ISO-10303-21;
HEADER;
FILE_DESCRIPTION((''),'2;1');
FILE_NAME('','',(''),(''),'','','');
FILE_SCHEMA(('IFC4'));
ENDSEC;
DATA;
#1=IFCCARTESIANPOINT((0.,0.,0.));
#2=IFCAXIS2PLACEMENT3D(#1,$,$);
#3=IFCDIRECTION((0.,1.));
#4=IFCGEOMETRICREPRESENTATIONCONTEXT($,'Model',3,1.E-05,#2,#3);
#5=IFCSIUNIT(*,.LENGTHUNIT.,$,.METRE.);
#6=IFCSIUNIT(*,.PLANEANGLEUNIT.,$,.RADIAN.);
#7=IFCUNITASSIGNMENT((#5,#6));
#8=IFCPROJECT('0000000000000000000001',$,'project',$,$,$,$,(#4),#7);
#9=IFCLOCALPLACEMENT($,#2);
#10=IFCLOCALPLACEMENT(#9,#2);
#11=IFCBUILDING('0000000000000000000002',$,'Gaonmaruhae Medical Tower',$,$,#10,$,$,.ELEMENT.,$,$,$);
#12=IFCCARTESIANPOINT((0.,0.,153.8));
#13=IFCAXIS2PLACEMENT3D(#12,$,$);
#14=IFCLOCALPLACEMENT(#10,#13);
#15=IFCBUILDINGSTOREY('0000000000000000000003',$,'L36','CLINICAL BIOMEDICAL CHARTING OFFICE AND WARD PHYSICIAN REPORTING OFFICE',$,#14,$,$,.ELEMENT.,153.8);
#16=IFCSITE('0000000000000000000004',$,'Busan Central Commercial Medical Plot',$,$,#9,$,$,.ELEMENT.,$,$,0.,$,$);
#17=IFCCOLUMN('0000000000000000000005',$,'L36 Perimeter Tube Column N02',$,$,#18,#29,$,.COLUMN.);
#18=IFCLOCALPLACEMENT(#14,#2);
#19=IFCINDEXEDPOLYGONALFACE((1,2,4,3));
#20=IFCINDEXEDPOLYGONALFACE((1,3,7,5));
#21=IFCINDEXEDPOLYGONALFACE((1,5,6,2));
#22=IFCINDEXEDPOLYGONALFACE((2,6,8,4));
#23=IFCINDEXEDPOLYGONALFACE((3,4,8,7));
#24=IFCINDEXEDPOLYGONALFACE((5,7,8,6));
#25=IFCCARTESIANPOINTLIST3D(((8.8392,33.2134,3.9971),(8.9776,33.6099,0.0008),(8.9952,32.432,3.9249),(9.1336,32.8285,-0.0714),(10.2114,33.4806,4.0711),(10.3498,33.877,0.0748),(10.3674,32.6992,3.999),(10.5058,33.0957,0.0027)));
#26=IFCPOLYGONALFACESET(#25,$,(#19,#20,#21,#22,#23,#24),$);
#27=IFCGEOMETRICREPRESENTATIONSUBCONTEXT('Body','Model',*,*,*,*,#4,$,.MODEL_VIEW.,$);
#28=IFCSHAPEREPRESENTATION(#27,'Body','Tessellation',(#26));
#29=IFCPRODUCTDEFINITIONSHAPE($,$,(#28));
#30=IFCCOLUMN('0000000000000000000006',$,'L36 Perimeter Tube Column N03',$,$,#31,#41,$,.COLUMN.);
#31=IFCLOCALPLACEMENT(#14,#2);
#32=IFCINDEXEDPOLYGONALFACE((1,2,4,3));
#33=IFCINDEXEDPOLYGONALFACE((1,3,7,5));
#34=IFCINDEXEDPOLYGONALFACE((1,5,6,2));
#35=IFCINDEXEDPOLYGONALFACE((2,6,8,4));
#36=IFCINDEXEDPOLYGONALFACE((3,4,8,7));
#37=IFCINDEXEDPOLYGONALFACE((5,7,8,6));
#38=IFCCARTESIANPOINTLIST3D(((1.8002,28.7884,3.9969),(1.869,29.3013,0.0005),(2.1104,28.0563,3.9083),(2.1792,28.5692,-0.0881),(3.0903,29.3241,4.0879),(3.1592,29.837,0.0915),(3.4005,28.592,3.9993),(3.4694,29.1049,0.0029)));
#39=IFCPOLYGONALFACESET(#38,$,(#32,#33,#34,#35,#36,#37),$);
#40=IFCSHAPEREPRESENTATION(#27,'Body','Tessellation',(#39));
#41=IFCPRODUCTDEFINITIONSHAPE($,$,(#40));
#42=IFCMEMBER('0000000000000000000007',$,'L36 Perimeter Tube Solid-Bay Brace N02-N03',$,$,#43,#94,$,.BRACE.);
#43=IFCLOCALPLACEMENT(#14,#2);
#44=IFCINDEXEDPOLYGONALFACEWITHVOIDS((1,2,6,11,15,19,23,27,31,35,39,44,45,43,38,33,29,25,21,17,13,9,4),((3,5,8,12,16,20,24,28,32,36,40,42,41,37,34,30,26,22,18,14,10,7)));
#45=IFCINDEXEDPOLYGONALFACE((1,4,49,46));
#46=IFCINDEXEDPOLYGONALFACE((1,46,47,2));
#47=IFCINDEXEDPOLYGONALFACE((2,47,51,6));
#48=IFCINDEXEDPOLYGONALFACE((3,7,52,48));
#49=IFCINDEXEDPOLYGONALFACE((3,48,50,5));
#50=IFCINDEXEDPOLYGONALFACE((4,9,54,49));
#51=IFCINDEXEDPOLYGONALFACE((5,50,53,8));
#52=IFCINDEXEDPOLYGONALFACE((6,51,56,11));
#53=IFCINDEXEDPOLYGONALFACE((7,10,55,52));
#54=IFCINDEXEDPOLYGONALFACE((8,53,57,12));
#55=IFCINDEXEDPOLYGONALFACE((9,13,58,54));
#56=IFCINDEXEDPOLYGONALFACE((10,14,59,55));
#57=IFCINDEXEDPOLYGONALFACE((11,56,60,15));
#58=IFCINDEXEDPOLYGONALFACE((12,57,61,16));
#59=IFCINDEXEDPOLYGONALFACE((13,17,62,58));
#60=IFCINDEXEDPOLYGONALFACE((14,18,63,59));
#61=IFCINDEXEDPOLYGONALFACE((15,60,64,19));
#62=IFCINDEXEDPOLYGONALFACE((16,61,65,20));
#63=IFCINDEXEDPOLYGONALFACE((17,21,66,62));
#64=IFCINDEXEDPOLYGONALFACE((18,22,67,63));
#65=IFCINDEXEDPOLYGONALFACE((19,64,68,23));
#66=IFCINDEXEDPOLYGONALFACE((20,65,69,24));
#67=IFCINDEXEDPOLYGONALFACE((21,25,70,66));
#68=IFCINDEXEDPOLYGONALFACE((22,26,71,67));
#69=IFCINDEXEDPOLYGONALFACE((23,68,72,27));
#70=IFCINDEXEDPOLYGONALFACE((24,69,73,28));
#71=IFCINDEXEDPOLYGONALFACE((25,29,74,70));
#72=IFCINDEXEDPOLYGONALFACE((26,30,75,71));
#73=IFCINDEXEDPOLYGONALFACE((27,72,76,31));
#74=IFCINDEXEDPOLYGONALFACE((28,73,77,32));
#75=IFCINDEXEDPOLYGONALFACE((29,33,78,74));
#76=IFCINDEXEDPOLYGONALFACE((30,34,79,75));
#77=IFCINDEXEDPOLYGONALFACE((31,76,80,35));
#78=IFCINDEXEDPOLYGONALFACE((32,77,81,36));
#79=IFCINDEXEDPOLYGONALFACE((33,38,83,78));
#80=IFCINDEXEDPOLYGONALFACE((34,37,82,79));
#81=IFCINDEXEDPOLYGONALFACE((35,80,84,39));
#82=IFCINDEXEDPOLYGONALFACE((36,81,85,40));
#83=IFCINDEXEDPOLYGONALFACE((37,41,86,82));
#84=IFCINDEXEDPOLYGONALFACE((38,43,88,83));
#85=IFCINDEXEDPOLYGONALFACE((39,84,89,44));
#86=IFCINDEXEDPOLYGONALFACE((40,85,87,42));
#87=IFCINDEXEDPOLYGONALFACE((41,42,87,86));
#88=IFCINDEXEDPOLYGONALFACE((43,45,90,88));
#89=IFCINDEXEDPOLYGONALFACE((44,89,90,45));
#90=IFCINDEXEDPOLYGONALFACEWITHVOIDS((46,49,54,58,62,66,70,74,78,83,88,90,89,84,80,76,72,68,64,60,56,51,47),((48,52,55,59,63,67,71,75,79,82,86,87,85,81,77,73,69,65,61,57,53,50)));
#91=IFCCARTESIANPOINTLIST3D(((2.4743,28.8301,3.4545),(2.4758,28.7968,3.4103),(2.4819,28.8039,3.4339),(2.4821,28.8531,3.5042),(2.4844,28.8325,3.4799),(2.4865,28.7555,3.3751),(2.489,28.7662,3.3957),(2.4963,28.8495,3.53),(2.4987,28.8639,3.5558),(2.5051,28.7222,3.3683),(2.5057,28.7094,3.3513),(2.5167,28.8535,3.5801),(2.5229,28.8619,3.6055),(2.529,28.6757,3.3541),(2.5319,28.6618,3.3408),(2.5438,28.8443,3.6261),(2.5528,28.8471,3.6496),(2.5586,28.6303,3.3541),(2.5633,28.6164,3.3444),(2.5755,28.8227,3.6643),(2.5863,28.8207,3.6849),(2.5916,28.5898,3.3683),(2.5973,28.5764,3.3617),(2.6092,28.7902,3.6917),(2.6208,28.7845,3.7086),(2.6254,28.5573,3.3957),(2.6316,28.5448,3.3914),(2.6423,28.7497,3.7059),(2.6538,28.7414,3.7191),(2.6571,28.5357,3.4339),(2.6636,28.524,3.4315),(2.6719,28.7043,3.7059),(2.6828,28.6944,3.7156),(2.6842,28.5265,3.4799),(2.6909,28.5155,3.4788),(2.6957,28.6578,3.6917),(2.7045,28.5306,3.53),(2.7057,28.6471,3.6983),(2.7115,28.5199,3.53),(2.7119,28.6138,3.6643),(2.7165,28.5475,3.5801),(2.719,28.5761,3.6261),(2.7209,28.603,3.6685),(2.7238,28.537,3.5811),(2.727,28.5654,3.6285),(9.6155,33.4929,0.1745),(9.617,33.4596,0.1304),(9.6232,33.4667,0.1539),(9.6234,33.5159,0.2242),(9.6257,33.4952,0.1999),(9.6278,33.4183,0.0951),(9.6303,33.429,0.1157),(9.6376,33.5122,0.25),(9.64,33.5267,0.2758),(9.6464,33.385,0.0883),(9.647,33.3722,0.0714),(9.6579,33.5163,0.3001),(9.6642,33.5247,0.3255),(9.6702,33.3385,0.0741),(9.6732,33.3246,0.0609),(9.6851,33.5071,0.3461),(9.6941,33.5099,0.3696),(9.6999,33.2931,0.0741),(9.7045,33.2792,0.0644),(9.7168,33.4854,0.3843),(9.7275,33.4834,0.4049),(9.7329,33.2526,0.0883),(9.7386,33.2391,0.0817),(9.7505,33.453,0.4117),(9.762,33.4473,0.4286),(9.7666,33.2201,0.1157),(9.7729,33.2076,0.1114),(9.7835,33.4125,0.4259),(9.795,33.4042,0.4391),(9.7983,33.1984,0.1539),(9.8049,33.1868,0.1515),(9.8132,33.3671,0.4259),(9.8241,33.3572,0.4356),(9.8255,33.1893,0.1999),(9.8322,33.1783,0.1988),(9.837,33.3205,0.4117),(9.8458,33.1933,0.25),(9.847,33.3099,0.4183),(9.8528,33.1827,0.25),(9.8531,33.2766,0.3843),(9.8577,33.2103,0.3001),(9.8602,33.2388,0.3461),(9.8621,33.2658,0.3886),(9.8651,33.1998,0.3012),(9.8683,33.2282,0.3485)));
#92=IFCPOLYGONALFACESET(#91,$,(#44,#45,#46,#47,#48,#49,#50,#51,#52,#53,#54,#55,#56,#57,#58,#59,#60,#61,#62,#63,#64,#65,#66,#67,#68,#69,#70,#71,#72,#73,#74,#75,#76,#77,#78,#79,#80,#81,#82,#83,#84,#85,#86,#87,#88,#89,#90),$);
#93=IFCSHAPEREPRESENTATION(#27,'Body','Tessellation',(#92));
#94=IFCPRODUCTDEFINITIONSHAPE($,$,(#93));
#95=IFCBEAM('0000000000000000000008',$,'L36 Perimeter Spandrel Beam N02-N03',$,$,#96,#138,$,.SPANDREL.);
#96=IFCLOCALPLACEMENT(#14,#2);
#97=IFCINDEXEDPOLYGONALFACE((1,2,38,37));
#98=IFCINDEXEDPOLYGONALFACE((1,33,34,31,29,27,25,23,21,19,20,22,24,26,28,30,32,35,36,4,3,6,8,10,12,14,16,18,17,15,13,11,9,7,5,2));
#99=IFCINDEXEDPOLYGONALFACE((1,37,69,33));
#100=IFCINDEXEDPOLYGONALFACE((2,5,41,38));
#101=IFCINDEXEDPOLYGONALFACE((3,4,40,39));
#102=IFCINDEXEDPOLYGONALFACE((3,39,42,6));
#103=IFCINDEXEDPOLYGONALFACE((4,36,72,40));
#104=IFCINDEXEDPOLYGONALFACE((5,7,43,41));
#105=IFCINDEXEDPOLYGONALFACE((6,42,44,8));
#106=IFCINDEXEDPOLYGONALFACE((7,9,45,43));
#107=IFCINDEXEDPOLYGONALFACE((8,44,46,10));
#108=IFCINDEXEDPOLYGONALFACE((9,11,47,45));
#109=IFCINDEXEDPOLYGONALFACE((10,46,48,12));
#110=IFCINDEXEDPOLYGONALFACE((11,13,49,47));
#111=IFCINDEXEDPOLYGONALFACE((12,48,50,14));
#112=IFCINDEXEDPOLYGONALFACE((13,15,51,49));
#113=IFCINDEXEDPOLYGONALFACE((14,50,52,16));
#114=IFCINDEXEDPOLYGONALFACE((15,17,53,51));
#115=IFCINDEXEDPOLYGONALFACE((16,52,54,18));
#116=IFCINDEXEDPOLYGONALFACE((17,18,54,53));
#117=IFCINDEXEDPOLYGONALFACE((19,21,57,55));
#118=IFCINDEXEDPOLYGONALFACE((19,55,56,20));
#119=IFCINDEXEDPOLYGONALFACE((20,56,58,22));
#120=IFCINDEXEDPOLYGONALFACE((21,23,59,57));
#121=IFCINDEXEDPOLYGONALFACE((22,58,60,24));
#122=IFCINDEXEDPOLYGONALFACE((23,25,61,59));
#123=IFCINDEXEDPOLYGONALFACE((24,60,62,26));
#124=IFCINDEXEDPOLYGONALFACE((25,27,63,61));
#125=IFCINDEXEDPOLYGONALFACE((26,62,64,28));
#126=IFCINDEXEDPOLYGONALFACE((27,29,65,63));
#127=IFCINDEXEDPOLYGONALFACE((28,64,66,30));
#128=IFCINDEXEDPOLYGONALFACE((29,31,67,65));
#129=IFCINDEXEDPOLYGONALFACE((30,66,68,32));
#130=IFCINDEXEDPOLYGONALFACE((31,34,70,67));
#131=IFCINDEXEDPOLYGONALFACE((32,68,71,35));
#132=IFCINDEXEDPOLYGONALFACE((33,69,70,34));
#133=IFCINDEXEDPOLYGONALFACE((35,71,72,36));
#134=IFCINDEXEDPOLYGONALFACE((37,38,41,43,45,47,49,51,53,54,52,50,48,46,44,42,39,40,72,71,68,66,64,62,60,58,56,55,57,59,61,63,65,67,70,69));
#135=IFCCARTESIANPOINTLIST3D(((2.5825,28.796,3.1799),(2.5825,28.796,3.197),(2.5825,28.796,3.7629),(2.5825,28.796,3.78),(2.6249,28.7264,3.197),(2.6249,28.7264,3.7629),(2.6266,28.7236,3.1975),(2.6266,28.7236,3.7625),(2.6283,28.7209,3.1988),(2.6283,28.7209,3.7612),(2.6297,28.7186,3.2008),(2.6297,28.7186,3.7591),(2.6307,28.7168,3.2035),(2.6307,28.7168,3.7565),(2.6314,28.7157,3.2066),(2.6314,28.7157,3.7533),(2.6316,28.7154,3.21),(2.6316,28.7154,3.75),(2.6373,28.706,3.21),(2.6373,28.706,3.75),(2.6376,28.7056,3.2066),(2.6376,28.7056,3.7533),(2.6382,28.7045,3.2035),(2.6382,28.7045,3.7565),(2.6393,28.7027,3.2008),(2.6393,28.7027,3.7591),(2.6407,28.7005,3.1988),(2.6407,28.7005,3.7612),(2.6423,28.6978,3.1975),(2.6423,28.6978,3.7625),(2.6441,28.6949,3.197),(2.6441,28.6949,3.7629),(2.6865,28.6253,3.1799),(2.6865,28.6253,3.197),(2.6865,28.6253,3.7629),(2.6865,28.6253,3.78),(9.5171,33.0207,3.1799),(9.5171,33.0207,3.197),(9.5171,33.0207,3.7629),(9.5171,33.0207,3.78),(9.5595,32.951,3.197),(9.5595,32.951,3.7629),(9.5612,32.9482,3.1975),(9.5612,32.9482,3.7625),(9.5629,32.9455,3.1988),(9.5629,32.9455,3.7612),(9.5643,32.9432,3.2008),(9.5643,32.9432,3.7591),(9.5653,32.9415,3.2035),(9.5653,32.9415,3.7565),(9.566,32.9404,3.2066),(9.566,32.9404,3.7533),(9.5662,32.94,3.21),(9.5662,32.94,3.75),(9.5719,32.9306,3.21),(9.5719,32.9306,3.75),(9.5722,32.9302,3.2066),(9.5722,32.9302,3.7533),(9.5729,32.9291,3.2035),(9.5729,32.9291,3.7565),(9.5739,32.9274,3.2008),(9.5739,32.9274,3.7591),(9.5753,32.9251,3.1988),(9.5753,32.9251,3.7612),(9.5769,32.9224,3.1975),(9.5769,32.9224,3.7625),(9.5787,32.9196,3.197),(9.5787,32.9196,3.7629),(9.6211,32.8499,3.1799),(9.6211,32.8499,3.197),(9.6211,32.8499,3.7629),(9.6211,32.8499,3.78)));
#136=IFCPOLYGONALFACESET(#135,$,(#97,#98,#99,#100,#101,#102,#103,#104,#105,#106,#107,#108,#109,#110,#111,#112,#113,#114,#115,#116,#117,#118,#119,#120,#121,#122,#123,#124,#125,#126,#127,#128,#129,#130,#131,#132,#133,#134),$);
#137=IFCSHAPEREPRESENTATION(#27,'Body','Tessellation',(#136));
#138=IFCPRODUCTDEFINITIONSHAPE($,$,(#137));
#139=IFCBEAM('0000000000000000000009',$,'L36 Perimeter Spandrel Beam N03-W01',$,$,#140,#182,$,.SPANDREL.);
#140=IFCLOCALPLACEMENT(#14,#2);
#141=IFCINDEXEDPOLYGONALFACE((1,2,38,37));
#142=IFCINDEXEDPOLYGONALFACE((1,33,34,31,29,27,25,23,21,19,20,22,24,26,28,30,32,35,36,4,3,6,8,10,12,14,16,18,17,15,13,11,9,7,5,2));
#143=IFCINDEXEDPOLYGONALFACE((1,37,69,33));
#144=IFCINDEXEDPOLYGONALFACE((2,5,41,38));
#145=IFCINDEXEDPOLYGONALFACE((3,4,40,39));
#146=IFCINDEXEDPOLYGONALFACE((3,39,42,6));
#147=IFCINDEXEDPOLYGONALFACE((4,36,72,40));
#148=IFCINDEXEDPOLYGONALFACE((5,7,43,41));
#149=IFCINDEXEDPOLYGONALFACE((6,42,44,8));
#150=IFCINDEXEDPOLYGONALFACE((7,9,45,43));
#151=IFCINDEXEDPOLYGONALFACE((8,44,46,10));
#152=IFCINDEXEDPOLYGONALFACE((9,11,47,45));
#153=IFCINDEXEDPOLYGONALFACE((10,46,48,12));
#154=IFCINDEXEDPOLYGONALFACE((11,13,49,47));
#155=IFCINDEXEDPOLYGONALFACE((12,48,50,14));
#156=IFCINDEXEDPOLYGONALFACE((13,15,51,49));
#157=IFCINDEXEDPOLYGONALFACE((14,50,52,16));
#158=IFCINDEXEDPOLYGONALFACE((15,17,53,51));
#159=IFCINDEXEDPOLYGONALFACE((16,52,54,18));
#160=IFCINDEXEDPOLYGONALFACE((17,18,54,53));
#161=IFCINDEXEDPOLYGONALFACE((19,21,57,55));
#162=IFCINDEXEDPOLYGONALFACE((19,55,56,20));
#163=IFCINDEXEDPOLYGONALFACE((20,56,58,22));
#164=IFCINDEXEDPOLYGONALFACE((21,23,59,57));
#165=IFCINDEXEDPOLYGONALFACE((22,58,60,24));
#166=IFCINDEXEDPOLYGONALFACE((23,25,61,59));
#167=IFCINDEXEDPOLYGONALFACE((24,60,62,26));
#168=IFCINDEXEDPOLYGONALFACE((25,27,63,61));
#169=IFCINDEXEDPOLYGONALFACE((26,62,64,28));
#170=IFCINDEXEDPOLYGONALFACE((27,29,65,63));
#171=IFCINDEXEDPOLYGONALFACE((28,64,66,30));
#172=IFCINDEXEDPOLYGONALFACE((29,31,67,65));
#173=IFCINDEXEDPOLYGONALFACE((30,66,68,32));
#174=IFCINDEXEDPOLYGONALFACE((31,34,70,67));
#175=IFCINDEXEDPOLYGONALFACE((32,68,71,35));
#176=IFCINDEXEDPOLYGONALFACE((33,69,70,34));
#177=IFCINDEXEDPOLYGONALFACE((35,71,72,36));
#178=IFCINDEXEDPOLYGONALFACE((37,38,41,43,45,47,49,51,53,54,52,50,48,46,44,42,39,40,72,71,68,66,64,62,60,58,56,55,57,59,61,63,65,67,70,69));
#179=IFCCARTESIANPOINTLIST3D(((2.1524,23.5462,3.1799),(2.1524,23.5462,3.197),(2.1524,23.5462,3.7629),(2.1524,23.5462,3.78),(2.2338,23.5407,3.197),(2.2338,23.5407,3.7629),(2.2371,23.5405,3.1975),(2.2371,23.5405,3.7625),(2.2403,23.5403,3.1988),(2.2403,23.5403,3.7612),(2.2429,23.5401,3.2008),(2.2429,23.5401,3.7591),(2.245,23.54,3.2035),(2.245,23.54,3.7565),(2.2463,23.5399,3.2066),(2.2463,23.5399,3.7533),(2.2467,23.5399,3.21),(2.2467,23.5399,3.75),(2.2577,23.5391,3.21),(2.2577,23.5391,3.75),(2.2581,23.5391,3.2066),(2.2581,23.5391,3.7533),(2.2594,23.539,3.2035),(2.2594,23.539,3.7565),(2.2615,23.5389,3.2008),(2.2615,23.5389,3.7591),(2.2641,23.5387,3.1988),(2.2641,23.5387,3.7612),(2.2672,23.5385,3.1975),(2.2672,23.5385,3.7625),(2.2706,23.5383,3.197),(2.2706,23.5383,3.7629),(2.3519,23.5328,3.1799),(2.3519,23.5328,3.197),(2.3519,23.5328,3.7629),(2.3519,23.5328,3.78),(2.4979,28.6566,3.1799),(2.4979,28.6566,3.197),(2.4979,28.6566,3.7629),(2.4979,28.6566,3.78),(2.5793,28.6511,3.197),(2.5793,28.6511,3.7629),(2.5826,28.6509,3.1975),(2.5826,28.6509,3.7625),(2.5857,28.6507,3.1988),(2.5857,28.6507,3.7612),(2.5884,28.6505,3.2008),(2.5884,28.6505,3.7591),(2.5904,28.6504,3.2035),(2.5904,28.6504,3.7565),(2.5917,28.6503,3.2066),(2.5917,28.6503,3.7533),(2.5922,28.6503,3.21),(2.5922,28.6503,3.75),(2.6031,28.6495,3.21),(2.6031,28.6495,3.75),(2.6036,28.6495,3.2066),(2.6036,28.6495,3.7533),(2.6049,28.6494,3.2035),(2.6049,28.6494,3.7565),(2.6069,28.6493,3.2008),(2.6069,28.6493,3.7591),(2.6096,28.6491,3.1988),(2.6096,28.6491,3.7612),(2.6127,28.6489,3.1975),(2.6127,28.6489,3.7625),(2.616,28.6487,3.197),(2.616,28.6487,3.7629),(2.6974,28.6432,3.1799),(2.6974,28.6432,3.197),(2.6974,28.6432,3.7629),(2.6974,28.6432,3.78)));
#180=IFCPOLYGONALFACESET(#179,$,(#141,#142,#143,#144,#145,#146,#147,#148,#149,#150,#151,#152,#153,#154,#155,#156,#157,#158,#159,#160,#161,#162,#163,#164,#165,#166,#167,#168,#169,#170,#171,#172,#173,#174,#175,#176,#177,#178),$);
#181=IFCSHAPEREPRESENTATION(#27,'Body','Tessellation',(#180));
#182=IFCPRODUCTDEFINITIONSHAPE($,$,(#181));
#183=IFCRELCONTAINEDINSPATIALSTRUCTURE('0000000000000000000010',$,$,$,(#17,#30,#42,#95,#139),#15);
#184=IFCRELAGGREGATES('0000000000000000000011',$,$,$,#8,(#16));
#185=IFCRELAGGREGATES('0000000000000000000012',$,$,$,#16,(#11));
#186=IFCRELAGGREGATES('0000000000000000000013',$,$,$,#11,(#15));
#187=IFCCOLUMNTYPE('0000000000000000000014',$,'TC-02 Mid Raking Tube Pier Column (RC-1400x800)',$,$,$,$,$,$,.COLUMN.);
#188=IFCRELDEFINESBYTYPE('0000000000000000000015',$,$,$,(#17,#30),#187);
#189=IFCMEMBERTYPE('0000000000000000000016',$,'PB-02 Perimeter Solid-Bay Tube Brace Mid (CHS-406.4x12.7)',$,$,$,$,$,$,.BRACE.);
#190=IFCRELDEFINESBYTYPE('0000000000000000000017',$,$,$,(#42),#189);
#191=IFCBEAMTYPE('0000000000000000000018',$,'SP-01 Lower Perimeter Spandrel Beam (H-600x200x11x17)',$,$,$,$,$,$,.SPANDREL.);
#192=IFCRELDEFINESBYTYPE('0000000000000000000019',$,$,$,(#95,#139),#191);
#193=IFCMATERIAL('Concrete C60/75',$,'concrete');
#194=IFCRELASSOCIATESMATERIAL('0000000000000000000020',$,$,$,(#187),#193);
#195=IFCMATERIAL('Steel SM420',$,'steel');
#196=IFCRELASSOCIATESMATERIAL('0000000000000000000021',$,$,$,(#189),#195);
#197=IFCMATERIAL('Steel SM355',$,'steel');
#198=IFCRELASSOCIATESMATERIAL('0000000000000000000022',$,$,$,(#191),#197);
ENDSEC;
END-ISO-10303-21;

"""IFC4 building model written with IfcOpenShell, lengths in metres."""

from ifc_helpers import new_model, si_unit, direction, frame, origin, origin_2d, place, context, subcontext, project, spatial, rectangle, hollow_circle, i_section, extrude, material, material_profile, profile_set, type_object, element, save


model = new_model("IFC4")

# Units and contexts
model_context = context("Model", 3, precision=1e-05, world=origin(), true_north=direction((0.0, 1.0)))
body_context = subcontext(model_context, "Body", "Model", "MODEL_VIEW")
ifc_project = project(units=[si_unit("LENGTHUNIT", "METRE"), si_unit("PLANEANGLEUNIT", "RADIAN")], contexts=[model_context])

# Site, building, storey
site_placement = place(None, origin())
site = spatial("IfcSite", under=ifc_project, at=site_placement, Name="Busan Central Commercial Medical Plot", CompositionType="ELEMENT", RefElevation=0.0)
building_placement = place(site_placement, origin())
building = spatial("IfcBuilding", under=site, at=building_placement, Name="Gaonmaruhae Medical Tower", CompositionType="ELEMENT")
storey_placement = place(building_placement, frame((0.0, 0.0, 153.8)))
storey = spatial("IfcBuildingStorey", under=building, at=storey_placement, Name="L36", Description="CLINICAL BIOMEDICAL CHARTING OFFICE AND WARD PHYSICIAN REPORTING OFFICE", CompositionType="ELEMENT", Elevation=153.8)

# Columns
ifc_material_1 = material(Name="Concrete C60/75", Category="concrete")
ifc_material_profile_1 = material_profile(ifc_material_1, rectangle(XDim=1.3999, YDim=0.8, at=origin_2d()), Name="RC-1400x800")
ifc_profile_set_1 = profile_set([ifc_material_profile_1], Name="Concrete C60/75")
column_type = type_object("IfcColumnType", Name="TC-02 Mid Raking Tube Pier Column (RC-1400x800)", PredefinedType="COLUMN", material=ifc_profile_set_1)
column_1_placement = place(storey_placement, frame((9.7417, 33.3528, 0.0017), z_axis=(-0.034449, -0.098669, 0.994524), x_axis=(0.980197, 0.19083, 0.052885)))
element("IfcColumn", 1, at=column_1_placement, inside=storey, type_object=column_type, Name="L36 Perimeter Tube Column N02", PredefinedType="COLUMN", context=body_context, shape_type="SweptSolid", body=[
    extrude(rectangle(XDim=1.3999, YDim=0.8, at=origin_2d()), origin(), (0.0, 0.0, 1.0), 4.0183),
])
column_2_placement = place(storey_placement, frame((2.6692, 29.2031, 0.0017), z_axis=(-0.017085, -0.127289, 0.991718), x_axis=(0.921607, 0.382644, 0.06499)))
element("IfcColumn", 2, at=column_2_placement, inside=storey, type_object=column_type, Name="L36 Perimeter Tube Column N03", PredefinedType="COLUMN", context=body_context, shape_type="SweptSolid", body=[
    extrude(rectangle(XDim=1.3999, YDim=0.8, at=origin_2d()), origin(), (0.0, 0.0, 1.0), 4.0298),
])

# Member
ifc_material_2 = material(Name="Steel SM420", Category="steel")
ifc_material_profile_2 = material_profile(ifc_material_2, hollow_circle(Radius=0.2031, WallThickness=0.0127, at=origin_2d()), Name="CHS-406.4x12.7")
ifc_profile_set_2 = profile_set([ifc_material_profile_2], Name="Steel SM420")
member_type = type_object("IfcMemberType", Name="PB-02 Perimeter Solid-Bay Tube Brace Mid (CHS-406.4x12.7)", PredefinedType="BRACE", material=ifc_profile_set_2)
member_placement = place(storey_placement, frame((9.7417, 33.3528, 0.25), z_axis=(-0.781517, -0.51028, 0.358951), x_axis=(0.546715, -0.837319, 0.0)))
element("IfcMember", 3, at=member_placement, inside=storey, type_object=member_type, Name="L36 Perimeter Tube Solid-Bay Brace N02-N03", PredefinedType="BRACE", context=body_context, shape_type="SweptSolid", body=[
    extrude(hollow_circle(Radius=0.2031, WallThickness=0.0127, at=origin_2d()), origin(), (0.0, 0.0, 1.0), 9.1377),
])

# Beams
ifc_material_3 = material(Name="Steel SM355", Category="steel")
ifc_material_profile_3 = material_profile(ifc_material_3, i_section(OverallWidth=0.2, OverallDepth=0.6001, WebThickness=0.011, FlangeThickness=0.0171, FilletRadius=0.0129, at=origin_2d()), Name="H-600x200x11x17")
ifc_profile_set_3 = profile_set([ifc_material_profile_3], Name="Steel SM355")
beam_type = type_object("IfcBeamType", Name="SP-01 Lower Perimeter Spandrel Beam (H-600x200x11x17)", PredefinedType="SPANDREL", material=ifc_profile_set_3)
beam_1_placement = place(storey_placement, frame((9.5691, 32.9353, 3.48), z_axis=(-0.854003, -0.520267, 0.0), x_axis=(0.520267, -0.854003, 0.0)))
element("IfcBeam", 4, at=beam_1_placement, inside=storey, type_object=beam_type, Name="L36 Perimeter Spandrel Beam N02-N03", PredefinedType="SPANDREL", context=body_context, shape_type="SweptSolid", body=[
    extrude(i_section(OverallWidth=0.2, OverallDepth=0.6001, WebThickness=0.011, FlangeThickness=0.0171, FilletRadius=0.0129, at=origin_2d()), origin(), (0.0, 0.0, 1.0), 8.1201),
])
beam_2_placement = place(storey_placement, frame((2.5977, 28.6499, 3.48), z_axis=(-0.067446, -0.997723, 0.0), x_axis=(0.997723, -0.067446, 0.0)))
element("IfcBeam", 5, at=beam_2_placement, inside=storey, type_object=beam_type, Name="L36 Perimeter Spandrel Beam N03-W01", PredefinedType="SPANDREL", context=body_context, shape_type="SweptSolid", body=[
    extrude(i_section(OverallWidth=0.2, OverallDepth=0.6001, WebThickness=0.011, FlangeThickness=0.0171, FilletRadius=0.0129, at=origin_2d()), origin(), (0.0, 0.0, 1.0), 5.1221),
])

save(model, "model.ifc")
